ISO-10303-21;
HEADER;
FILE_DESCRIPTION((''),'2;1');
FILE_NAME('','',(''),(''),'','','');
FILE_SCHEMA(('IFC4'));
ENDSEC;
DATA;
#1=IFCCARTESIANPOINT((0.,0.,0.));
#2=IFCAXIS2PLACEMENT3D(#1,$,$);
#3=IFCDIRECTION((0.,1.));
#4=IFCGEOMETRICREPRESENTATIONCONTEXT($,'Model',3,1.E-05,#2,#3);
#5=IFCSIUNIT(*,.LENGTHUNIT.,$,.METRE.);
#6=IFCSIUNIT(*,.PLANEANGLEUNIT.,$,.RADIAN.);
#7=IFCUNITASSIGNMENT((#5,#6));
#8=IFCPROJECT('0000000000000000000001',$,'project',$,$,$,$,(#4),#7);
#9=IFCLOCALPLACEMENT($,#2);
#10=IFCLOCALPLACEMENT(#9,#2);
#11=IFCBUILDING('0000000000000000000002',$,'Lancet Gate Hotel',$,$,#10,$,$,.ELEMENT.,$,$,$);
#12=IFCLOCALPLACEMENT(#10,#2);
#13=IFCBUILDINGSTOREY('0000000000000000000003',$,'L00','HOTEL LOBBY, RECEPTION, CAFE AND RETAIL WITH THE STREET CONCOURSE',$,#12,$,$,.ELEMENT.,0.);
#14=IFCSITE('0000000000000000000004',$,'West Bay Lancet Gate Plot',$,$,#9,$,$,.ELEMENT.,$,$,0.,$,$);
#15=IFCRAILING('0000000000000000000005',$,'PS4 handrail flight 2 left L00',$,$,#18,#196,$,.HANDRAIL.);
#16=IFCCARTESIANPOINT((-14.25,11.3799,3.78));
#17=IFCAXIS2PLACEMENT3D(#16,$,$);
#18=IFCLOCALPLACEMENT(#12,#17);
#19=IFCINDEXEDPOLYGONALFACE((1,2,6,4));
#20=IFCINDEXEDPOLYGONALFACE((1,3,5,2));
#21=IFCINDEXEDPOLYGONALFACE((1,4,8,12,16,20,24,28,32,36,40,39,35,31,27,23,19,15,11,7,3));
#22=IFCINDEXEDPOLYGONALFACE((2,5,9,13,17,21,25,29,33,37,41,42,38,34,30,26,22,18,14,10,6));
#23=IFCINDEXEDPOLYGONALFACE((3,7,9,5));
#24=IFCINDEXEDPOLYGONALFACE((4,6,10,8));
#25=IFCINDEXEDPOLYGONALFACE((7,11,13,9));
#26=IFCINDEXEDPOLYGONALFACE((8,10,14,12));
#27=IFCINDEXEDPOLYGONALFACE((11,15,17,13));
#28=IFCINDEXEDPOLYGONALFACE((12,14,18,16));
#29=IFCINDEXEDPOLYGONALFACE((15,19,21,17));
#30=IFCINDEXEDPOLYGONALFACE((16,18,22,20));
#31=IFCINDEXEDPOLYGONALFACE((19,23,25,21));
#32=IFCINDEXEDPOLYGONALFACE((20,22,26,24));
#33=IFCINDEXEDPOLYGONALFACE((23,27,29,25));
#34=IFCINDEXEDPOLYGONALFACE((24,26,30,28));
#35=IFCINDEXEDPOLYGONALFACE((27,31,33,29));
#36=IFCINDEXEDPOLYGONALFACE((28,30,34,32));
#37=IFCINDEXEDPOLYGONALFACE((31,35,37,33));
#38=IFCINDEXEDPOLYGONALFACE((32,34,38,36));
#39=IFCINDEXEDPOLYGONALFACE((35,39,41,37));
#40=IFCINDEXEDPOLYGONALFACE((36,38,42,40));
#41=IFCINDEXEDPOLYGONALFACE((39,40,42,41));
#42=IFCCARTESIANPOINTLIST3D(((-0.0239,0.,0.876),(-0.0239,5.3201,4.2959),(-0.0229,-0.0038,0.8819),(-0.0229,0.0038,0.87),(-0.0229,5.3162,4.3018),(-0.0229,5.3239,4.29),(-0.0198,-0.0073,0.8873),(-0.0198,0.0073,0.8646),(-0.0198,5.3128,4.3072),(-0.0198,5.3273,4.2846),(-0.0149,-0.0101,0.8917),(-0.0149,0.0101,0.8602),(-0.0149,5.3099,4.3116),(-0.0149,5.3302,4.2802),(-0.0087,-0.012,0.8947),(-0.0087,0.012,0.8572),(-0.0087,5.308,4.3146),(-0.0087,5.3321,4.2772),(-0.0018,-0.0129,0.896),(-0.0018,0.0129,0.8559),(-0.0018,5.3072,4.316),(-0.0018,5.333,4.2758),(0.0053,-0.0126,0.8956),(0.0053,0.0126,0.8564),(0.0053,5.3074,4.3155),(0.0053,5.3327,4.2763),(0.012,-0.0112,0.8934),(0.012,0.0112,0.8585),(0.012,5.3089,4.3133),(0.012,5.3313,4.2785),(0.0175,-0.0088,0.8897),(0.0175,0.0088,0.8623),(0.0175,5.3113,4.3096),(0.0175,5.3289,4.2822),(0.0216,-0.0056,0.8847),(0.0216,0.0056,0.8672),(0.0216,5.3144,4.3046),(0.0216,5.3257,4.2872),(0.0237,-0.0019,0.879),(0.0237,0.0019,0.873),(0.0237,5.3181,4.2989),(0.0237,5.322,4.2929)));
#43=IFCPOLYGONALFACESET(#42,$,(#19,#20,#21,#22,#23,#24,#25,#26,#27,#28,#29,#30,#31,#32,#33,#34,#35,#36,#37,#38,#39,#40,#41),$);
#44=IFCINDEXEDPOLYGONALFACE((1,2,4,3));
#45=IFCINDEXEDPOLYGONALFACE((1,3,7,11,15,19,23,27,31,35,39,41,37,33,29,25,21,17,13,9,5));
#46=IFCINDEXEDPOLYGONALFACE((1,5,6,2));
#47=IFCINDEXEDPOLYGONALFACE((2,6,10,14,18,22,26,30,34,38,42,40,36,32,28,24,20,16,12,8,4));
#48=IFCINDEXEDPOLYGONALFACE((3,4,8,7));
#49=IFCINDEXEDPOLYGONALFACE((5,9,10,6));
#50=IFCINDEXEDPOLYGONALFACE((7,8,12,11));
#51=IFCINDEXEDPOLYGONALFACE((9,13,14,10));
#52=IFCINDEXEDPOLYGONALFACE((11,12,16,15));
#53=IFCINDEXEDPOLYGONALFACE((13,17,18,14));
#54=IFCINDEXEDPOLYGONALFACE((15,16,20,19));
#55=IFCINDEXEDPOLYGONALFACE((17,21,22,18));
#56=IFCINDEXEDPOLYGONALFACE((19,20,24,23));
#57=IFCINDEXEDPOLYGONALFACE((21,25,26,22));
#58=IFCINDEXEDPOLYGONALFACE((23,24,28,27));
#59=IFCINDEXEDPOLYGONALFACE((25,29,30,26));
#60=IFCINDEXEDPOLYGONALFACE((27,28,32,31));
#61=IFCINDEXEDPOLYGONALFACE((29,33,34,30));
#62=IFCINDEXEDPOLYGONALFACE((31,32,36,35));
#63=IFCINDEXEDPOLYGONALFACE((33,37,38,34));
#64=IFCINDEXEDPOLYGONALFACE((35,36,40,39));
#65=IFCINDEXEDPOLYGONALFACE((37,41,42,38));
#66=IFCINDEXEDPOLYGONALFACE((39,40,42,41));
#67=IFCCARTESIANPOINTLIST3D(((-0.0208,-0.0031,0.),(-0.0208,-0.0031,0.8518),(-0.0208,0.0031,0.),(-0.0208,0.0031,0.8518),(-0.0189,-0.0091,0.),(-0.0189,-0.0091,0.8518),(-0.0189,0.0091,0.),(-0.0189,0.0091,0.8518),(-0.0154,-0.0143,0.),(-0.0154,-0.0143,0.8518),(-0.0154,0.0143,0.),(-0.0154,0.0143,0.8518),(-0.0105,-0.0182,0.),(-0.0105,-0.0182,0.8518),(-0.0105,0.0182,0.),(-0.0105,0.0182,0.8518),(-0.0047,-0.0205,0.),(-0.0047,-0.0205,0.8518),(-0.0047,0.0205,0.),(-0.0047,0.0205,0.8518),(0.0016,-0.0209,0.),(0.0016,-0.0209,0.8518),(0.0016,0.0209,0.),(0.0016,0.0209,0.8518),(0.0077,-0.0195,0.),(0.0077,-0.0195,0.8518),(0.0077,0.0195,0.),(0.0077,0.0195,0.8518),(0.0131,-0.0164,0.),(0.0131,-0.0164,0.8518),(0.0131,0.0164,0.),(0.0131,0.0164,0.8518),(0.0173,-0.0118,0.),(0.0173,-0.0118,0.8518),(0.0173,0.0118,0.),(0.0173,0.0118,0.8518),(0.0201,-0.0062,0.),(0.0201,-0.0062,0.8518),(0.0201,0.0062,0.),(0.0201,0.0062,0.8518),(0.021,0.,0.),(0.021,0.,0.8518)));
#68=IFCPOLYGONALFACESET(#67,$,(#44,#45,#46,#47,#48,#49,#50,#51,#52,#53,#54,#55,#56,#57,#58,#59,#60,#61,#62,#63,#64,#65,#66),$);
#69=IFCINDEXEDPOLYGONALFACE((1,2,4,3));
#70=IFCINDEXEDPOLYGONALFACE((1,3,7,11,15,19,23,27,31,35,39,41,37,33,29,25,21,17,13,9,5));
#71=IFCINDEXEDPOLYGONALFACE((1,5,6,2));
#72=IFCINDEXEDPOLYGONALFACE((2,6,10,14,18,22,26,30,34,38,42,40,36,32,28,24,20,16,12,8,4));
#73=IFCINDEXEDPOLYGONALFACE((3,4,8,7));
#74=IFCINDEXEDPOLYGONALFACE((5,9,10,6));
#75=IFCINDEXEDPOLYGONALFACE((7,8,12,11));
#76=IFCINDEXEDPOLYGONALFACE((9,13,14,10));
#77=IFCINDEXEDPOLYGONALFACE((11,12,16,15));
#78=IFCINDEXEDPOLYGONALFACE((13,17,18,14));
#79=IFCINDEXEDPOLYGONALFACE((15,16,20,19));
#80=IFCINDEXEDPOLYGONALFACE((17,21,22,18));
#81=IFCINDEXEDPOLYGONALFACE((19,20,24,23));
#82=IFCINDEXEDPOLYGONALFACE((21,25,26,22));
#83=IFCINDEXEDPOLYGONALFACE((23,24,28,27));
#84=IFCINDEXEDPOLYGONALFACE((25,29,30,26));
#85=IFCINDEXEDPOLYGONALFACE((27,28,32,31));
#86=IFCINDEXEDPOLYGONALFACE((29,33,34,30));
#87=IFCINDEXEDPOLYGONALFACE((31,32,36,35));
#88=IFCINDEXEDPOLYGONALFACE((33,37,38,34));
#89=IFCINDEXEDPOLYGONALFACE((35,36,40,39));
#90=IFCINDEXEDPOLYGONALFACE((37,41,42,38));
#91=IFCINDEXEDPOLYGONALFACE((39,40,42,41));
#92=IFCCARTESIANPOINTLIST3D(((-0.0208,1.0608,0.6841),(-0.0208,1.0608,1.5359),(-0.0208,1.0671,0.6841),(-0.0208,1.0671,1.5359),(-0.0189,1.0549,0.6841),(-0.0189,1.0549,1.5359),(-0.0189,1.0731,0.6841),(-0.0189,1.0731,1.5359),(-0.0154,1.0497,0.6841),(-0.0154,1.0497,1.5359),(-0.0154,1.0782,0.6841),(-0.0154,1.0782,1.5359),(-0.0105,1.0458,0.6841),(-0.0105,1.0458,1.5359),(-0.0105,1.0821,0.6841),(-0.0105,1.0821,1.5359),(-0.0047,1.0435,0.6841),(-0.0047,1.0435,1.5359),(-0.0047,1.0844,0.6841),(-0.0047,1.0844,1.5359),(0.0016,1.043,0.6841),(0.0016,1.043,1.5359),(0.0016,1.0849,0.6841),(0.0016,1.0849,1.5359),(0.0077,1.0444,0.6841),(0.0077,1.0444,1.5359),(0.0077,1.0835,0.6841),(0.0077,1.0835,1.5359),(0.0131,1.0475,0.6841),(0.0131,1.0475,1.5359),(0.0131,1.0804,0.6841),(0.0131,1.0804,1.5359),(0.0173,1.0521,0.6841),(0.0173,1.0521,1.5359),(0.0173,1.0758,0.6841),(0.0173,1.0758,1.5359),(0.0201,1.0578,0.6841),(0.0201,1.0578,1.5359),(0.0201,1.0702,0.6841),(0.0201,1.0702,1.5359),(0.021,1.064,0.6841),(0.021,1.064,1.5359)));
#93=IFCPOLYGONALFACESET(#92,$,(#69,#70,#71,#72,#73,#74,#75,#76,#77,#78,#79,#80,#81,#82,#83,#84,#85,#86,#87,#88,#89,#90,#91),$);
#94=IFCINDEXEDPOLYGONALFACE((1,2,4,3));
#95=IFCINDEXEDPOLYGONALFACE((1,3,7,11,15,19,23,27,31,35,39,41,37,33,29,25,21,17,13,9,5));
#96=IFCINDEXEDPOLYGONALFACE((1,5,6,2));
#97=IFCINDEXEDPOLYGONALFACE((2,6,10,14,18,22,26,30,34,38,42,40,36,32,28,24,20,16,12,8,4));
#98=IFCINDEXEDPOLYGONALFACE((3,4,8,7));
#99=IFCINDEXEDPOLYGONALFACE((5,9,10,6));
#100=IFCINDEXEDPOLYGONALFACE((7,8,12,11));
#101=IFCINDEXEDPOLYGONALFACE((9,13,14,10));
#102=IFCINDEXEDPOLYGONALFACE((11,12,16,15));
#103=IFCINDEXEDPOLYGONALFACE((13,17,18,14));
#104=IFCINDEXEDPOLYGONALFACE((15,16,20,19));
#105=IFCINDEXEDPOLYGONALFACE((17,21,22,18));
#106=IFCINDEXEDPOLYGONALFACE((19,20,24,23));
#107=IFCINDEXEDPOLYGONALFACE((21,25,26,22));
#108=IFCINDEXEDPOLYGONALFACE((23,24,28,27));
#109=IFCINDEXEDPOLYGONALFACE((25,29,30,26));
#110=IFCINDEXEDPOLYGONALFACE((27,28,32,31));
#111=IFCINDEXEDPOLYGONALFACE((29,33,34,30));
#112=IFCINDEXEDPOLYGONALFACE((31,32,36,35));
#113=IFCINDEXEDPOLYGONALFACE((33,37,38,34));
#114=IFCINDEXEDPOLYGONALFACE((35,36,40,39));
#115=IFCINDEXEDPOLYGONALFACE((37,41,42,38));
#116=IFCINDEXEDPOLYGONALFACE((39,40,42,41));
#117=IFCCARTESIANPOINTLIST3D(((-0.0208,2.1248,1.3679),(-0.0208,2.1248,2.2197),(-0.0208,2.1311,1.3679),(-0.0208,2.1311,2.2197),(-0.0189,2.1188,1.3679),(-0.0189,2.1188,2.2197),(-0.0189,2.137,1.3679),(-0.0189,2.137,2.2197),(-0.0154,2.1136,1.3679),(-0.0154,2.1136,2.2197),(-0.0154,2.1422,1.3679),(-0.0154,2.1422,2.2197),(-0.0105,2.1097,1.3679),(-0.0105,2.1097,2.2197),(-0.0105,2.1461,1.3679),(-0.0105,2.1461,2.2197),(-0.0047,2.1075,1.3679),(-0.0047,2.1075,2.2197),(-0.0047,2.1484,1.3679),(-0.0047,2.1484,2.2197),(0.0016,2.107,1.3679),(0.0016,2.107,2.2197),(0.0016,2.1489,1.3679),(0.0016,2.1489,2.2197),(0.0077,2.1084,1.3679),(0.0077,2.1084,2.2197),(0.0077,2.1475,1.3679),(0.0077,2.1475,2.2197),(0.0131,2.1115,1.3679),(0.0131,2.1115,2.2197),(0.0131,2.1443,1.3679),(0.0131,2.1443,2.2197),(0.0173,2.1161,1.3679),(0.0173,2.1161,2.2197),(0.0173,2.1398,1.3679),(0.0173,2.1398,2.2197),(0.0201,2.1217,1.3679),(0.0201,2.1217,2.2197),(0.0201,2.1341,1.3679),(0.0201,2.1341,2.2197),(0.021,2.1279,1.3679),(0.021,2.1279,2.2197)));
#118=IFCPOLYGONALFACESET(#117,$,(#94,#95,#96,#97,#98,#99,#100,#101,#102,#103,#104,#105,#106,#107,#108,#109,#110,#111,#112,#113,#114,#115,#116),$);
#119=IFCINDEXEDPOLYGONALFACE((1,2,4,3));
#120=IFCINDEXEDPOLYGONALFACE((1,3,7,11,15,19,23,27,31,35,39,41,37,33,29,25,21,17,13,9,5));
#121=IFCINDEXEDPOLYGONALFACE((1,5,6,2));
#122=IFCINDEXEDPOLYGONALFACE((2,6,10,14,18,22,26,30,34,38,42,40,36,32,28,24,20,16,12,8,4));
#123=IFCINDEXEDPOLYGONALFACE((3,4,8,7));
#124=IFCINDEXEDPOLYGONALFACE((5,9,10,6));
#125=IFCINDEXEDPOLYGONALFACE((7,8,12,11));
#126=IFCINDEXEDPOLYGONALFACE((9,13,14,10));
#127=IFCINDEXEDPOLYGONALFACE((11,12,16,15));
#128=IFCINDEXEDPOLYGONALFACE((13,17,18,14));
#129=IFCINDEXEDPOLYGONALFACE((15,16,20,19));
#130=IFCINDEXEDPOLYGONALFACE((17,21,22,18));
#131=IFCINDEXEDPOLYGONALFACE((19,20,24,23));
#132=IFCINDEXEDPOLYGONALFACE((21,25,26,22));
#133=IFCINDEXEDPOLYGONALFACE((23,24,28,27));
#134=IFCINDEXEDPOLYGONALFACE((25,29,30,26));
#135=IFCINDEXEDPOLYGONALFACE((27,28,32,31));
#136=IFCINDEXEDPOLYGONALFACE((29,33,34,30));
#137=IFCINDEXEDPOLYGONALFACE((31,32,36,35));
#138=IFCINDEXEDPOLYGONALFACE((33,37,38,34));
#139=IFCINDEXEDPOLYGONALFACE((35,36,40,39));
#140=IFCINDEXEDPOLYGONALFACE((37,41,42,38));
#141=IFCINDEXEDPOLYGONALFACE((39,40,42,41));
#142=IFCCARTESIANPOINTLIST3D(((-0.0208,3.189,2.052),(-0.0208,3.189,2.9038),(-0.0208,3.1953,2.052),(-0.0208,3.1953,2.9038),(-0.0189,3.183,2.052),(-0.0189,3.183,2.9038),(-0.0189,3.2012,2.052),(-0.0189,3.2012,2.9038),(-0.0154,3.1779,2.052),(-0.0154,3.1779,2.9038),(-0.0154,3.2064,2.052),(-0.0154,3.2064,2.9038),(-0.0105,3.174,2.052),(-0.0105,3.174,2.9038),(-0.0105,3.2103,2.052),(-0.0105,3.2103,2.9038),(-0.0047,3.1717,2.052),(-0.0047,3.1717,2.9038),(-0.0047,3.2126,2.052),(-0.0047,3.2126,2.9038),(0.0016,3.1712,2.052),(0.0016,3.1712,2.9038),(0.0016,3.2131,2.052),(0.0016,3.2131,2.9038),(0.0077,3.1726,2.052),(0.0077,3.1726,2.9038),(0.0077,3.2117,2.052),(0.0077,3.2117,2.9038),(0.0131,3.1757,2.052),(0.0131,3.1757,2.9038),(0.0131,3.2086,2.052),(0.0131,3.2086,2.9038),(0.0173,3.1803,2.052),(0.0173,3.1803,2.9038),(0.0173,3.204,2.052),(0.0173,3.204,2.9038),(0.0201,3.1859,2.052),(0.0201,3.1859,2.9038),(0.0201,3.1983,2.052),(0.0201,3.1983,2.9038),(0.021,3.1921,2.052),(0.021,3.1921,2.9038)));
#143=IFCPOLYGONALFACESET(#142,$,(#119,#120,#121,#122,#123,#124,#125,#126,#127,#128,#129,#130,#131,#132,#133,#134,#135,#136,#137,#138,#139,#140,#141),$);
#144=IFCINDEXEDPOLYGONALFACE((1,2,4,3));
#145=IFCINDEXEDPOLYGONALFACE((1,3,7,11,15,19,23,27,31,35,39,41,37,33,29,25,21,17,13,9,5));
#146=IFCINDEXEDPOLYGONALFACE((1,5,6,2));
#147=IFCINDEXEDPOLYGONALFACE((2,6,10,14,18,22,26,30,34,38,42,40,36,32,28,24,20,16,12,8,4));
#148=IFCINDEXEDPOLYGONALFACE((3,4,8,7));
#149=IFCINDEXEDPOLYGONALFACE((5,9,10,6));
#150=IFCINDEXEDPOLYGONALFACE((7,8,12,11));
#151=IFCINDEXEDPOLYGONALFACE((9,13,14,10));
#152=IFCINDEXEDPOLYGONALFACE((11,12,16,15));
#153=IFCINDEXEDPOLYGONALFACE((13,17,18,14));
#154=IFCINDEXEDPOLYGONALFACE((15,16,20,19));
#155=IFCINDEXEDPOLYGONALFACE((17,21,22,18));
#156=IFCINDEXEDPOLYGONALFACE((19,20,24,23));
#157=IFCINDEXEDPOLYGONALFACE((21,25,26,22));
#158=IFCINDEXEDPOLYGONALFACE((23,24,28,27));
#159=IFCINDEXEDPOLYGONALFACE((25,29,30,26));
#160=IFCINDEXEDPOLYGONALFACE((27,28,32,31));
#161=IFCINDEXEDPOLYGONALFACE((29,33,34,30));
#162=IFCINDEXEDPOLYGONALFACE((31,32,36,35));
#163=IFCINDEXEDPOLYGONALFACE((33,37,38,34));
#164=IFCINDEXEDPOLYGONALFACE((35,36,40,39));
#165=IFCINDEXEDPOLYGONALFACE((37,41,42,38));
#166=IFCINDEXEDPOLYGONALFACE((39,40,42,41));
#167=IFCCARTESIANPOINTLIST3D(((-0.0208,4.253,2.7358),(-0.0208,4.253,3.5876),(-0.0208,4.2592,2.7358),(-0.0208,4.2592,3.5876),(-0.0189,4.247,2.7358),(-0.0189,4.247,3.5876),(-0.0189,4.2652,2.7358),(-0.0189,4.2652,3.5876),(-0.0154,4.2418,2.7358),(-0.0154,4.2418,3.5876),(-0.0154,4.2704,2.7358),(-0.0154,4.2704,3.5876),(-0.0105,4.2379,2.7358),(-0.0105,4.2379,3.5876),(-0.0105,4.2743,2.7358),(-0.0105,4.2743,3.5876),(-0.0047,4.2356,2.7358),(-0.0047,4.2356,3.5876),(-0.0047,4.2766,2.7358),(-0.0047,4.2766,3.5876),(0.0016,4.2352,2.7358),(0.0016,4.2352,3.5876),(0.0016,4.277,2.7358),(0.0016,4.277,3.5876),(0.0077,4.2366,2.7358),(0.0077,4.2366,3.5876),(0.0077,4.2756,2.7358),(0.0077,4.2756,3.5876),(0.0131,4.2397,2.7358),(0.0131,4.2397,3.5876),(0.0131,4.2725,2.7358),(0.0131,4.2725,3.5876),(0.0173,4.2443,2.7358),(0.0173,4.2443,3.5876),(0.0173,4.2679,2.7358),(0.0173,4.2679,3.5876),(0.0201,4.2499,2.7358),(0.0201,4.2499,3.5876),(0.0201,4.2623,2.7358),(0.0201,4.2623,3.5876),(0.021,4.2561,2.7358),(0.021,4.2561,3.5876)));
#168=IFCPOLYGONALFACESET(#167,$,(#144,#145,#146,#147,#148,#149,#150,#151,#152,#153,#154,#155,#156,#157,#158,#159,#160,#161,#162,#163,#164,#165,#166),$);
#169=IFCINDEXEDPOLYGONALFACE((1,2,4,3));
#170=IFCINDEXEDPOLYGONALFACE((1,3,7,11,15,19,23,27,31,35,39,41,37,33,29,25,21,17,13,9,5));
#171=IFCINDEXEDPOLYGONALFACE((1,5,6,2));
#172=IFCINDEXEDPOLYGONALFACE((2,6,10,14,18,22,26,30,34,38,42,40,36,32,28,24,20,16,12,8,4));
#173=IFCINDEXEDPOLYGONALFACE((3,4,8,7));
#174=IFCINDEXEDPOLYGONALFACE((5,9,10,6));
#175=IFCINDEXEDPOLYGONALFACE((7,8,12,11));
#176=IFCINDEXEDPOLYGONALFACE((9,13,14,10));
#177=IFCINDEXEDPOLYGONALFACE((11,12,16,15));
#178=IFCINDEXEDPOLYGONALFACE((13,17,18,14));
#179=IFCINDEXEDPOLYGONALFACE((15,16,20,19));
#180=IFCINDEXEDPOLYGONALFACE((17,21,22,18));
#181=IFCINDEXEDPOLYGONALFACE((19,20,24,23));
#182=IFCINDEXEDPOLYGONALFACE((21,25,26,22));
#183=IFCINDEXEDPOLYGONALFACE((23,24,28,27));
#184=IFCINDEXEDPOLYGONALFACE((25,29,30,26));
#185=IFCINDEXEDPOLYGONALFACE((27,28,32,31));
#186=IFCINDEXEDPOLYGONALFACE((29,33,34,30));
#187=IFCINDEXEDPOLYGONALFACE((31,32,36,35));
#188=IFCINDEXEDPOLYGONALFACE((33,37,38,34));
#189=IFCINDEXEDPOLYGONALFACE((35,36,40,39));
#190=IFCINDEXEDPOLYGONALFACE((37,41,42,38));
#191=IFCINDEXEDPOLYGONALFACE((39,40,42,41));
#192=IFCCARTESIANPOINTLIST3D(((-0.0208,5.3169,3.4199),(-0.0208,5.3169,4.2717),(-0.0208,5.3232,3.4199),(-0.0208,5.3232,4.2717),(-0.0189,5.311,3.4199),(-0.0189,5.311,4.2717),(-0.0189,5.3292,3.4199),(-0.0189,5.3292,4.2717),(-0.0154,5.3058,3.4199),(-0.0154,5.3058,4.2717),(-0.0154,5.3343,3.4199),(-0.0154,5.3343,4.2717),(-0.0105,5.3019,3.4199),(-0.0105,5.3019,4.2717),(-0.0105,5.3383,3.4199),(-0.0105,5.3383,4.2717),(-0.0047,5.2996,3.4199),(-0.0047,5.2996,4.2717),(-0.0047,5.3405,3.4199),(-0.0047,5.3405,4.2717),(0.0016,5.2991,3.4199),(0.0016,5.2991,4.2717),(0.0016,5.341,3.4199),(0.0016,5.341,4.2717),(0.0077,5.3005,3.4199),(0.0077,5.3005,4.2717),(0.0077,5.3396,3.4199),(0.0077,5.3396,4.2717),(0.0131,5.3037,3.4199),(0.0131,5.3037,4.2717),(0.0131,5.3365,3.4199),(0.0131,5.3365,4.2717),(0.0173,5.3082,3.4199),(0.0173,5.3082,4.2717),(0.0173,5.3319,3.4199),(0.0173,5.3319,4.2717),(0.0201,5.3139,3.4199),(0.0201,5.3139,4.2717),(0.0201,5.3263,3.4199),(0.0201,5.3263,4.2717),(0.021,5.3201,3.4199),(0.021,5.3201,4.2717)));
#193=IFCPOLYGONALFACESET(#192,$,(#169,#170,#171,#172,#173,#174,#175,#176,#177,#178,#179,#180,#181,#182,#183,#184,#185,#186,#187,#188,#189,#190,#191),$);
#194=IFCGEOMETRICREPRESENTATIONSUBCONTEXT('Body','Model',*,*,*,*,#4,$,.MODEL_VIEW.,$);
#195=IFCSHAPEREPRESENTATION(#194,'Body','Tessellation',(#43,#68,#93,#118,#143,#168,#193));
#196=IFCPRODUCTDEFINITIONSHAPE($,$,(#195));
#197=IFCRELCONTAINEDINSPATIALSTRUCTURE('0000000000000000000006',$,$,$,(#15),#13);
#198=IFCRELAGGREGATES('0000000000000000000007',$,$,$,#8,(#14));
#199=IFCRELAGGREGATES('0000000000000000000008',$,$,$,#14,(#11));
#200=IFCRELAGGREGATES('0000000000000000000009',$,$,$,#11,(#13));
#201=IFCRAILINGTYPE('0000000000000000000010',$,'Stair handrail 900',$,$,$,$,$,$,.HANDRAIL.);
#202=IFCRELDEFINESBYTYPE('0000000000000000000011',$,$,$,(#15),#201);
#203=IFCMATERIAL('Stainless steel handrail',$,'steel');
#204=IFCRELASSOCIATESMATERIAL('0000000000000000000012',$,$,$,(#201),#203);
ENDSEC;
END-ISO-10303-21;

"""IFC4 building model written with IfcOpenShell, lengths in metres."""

from ifc_helpers import new_model, si_unit, direction, frame, origin, origin_2d, place, context, subcontext, project, spatial, circle, extrude, material, type_object, element, save


model = new_model("IFC4")

# Units and contexts
model_context = context("Model", 3, precision=1e-05, world=origin(), true_north=direction((0.0, 1.0)))
body_context = subcontext(model_context, "Body", "Model", "MODEL_VIEW")
ifc_project = project(units=[si_unit("LENGTHUNIT", "METRE"), si_unit("PLANEANGLEUNIT", "RADIAN")], contexts=[model_context])

# Site, building, storey
site_placement = place(None, origin())
site = spatial("IfcSite", under=ifc_project, at=site_placement, Name="West Bay Lancet Gate Plot", CompositionType="ELEMENT", RefElevation=0.0)
building_placement = place(site_placement, origin())
building = spatial("IfcBuilding", under=site, at=building_placement, Name="Lancet Gate Hotel", CompositionType="ELEMENT")
storey_placement = place(building_placement, origin())
storey = spatial("IfcBuildingStorey", under=building, at=storey_placement, Name="L00", Description="HOTEL LOBBY, RECEPTION, CAFE AND RETAIL WITH THE STREET CONCOURSE", CompositionType="ELEMENT", Elevation=0.0)

# Railing
ifc_material_1 = material(Name="Stainless steel handrail", Category="steel")
railing_type_1 = type_object("IfcRailingType", Name="Stair handrail 900", PredefinedType="HANDRAIL", material=ifc_material_1)
for number, where, name in (
    (1, (-14.25, 11.3799, 3.78), "PS4 handrail flight 2 left L00"),
):
    element("IfcRailing", number, at=place(storey_placement, frame(where)), inside=storey, type_object=railing_type_1, Name=name, PredefinedType="HANDRAIL", context=body_context, shape_type="SweptSolid", body=[
        extrude(circle(Radius=0.0239, at=origin_2d()), frame((0.0, 0.0, 0.876), z_axis=(0.0, 0.841187, 0.540744), x_axis=(-1.0, 0.0, 0.0)), (0.0, 0.0, 1.0), 6.3245),
        extrude(circle(Radius=0.021, at=origin_2d()), origin(), (0.0, 0.0, 1.0), 0.8518),
        extrude(circle(Radius=0.021, at=origin_2d()), frame((0.0, 1.064, 0.6841)), (0.0, 0.0, 1.0), 0.8518),
        extrude(circle(Radius=0.021, at=origin_2d()), frame((0.0, 2.1279, 1.3679)), (0.0, 0.0, 1.0), 0.8518),
        extrude(circle(Radius=0.021, at=origin_2d()), frame((0.0, 3.1921, 2.052)), (0.0, 0.0, 1.0), 0.8518),
        extrude(circle(Radius=0.021, at=origin_2d()), frame((0.0, 4.2561, 2.7358)), (0.0, 0.0, 1.0), 0.8518),
        extrude(circle(Radius=0.021, at=origin_2d()), frame((0.0, 5.3201, 3.4199)), (0.0, 0.0, 1.0), 0.8518),
    ])

save(model, "model.ifc")
